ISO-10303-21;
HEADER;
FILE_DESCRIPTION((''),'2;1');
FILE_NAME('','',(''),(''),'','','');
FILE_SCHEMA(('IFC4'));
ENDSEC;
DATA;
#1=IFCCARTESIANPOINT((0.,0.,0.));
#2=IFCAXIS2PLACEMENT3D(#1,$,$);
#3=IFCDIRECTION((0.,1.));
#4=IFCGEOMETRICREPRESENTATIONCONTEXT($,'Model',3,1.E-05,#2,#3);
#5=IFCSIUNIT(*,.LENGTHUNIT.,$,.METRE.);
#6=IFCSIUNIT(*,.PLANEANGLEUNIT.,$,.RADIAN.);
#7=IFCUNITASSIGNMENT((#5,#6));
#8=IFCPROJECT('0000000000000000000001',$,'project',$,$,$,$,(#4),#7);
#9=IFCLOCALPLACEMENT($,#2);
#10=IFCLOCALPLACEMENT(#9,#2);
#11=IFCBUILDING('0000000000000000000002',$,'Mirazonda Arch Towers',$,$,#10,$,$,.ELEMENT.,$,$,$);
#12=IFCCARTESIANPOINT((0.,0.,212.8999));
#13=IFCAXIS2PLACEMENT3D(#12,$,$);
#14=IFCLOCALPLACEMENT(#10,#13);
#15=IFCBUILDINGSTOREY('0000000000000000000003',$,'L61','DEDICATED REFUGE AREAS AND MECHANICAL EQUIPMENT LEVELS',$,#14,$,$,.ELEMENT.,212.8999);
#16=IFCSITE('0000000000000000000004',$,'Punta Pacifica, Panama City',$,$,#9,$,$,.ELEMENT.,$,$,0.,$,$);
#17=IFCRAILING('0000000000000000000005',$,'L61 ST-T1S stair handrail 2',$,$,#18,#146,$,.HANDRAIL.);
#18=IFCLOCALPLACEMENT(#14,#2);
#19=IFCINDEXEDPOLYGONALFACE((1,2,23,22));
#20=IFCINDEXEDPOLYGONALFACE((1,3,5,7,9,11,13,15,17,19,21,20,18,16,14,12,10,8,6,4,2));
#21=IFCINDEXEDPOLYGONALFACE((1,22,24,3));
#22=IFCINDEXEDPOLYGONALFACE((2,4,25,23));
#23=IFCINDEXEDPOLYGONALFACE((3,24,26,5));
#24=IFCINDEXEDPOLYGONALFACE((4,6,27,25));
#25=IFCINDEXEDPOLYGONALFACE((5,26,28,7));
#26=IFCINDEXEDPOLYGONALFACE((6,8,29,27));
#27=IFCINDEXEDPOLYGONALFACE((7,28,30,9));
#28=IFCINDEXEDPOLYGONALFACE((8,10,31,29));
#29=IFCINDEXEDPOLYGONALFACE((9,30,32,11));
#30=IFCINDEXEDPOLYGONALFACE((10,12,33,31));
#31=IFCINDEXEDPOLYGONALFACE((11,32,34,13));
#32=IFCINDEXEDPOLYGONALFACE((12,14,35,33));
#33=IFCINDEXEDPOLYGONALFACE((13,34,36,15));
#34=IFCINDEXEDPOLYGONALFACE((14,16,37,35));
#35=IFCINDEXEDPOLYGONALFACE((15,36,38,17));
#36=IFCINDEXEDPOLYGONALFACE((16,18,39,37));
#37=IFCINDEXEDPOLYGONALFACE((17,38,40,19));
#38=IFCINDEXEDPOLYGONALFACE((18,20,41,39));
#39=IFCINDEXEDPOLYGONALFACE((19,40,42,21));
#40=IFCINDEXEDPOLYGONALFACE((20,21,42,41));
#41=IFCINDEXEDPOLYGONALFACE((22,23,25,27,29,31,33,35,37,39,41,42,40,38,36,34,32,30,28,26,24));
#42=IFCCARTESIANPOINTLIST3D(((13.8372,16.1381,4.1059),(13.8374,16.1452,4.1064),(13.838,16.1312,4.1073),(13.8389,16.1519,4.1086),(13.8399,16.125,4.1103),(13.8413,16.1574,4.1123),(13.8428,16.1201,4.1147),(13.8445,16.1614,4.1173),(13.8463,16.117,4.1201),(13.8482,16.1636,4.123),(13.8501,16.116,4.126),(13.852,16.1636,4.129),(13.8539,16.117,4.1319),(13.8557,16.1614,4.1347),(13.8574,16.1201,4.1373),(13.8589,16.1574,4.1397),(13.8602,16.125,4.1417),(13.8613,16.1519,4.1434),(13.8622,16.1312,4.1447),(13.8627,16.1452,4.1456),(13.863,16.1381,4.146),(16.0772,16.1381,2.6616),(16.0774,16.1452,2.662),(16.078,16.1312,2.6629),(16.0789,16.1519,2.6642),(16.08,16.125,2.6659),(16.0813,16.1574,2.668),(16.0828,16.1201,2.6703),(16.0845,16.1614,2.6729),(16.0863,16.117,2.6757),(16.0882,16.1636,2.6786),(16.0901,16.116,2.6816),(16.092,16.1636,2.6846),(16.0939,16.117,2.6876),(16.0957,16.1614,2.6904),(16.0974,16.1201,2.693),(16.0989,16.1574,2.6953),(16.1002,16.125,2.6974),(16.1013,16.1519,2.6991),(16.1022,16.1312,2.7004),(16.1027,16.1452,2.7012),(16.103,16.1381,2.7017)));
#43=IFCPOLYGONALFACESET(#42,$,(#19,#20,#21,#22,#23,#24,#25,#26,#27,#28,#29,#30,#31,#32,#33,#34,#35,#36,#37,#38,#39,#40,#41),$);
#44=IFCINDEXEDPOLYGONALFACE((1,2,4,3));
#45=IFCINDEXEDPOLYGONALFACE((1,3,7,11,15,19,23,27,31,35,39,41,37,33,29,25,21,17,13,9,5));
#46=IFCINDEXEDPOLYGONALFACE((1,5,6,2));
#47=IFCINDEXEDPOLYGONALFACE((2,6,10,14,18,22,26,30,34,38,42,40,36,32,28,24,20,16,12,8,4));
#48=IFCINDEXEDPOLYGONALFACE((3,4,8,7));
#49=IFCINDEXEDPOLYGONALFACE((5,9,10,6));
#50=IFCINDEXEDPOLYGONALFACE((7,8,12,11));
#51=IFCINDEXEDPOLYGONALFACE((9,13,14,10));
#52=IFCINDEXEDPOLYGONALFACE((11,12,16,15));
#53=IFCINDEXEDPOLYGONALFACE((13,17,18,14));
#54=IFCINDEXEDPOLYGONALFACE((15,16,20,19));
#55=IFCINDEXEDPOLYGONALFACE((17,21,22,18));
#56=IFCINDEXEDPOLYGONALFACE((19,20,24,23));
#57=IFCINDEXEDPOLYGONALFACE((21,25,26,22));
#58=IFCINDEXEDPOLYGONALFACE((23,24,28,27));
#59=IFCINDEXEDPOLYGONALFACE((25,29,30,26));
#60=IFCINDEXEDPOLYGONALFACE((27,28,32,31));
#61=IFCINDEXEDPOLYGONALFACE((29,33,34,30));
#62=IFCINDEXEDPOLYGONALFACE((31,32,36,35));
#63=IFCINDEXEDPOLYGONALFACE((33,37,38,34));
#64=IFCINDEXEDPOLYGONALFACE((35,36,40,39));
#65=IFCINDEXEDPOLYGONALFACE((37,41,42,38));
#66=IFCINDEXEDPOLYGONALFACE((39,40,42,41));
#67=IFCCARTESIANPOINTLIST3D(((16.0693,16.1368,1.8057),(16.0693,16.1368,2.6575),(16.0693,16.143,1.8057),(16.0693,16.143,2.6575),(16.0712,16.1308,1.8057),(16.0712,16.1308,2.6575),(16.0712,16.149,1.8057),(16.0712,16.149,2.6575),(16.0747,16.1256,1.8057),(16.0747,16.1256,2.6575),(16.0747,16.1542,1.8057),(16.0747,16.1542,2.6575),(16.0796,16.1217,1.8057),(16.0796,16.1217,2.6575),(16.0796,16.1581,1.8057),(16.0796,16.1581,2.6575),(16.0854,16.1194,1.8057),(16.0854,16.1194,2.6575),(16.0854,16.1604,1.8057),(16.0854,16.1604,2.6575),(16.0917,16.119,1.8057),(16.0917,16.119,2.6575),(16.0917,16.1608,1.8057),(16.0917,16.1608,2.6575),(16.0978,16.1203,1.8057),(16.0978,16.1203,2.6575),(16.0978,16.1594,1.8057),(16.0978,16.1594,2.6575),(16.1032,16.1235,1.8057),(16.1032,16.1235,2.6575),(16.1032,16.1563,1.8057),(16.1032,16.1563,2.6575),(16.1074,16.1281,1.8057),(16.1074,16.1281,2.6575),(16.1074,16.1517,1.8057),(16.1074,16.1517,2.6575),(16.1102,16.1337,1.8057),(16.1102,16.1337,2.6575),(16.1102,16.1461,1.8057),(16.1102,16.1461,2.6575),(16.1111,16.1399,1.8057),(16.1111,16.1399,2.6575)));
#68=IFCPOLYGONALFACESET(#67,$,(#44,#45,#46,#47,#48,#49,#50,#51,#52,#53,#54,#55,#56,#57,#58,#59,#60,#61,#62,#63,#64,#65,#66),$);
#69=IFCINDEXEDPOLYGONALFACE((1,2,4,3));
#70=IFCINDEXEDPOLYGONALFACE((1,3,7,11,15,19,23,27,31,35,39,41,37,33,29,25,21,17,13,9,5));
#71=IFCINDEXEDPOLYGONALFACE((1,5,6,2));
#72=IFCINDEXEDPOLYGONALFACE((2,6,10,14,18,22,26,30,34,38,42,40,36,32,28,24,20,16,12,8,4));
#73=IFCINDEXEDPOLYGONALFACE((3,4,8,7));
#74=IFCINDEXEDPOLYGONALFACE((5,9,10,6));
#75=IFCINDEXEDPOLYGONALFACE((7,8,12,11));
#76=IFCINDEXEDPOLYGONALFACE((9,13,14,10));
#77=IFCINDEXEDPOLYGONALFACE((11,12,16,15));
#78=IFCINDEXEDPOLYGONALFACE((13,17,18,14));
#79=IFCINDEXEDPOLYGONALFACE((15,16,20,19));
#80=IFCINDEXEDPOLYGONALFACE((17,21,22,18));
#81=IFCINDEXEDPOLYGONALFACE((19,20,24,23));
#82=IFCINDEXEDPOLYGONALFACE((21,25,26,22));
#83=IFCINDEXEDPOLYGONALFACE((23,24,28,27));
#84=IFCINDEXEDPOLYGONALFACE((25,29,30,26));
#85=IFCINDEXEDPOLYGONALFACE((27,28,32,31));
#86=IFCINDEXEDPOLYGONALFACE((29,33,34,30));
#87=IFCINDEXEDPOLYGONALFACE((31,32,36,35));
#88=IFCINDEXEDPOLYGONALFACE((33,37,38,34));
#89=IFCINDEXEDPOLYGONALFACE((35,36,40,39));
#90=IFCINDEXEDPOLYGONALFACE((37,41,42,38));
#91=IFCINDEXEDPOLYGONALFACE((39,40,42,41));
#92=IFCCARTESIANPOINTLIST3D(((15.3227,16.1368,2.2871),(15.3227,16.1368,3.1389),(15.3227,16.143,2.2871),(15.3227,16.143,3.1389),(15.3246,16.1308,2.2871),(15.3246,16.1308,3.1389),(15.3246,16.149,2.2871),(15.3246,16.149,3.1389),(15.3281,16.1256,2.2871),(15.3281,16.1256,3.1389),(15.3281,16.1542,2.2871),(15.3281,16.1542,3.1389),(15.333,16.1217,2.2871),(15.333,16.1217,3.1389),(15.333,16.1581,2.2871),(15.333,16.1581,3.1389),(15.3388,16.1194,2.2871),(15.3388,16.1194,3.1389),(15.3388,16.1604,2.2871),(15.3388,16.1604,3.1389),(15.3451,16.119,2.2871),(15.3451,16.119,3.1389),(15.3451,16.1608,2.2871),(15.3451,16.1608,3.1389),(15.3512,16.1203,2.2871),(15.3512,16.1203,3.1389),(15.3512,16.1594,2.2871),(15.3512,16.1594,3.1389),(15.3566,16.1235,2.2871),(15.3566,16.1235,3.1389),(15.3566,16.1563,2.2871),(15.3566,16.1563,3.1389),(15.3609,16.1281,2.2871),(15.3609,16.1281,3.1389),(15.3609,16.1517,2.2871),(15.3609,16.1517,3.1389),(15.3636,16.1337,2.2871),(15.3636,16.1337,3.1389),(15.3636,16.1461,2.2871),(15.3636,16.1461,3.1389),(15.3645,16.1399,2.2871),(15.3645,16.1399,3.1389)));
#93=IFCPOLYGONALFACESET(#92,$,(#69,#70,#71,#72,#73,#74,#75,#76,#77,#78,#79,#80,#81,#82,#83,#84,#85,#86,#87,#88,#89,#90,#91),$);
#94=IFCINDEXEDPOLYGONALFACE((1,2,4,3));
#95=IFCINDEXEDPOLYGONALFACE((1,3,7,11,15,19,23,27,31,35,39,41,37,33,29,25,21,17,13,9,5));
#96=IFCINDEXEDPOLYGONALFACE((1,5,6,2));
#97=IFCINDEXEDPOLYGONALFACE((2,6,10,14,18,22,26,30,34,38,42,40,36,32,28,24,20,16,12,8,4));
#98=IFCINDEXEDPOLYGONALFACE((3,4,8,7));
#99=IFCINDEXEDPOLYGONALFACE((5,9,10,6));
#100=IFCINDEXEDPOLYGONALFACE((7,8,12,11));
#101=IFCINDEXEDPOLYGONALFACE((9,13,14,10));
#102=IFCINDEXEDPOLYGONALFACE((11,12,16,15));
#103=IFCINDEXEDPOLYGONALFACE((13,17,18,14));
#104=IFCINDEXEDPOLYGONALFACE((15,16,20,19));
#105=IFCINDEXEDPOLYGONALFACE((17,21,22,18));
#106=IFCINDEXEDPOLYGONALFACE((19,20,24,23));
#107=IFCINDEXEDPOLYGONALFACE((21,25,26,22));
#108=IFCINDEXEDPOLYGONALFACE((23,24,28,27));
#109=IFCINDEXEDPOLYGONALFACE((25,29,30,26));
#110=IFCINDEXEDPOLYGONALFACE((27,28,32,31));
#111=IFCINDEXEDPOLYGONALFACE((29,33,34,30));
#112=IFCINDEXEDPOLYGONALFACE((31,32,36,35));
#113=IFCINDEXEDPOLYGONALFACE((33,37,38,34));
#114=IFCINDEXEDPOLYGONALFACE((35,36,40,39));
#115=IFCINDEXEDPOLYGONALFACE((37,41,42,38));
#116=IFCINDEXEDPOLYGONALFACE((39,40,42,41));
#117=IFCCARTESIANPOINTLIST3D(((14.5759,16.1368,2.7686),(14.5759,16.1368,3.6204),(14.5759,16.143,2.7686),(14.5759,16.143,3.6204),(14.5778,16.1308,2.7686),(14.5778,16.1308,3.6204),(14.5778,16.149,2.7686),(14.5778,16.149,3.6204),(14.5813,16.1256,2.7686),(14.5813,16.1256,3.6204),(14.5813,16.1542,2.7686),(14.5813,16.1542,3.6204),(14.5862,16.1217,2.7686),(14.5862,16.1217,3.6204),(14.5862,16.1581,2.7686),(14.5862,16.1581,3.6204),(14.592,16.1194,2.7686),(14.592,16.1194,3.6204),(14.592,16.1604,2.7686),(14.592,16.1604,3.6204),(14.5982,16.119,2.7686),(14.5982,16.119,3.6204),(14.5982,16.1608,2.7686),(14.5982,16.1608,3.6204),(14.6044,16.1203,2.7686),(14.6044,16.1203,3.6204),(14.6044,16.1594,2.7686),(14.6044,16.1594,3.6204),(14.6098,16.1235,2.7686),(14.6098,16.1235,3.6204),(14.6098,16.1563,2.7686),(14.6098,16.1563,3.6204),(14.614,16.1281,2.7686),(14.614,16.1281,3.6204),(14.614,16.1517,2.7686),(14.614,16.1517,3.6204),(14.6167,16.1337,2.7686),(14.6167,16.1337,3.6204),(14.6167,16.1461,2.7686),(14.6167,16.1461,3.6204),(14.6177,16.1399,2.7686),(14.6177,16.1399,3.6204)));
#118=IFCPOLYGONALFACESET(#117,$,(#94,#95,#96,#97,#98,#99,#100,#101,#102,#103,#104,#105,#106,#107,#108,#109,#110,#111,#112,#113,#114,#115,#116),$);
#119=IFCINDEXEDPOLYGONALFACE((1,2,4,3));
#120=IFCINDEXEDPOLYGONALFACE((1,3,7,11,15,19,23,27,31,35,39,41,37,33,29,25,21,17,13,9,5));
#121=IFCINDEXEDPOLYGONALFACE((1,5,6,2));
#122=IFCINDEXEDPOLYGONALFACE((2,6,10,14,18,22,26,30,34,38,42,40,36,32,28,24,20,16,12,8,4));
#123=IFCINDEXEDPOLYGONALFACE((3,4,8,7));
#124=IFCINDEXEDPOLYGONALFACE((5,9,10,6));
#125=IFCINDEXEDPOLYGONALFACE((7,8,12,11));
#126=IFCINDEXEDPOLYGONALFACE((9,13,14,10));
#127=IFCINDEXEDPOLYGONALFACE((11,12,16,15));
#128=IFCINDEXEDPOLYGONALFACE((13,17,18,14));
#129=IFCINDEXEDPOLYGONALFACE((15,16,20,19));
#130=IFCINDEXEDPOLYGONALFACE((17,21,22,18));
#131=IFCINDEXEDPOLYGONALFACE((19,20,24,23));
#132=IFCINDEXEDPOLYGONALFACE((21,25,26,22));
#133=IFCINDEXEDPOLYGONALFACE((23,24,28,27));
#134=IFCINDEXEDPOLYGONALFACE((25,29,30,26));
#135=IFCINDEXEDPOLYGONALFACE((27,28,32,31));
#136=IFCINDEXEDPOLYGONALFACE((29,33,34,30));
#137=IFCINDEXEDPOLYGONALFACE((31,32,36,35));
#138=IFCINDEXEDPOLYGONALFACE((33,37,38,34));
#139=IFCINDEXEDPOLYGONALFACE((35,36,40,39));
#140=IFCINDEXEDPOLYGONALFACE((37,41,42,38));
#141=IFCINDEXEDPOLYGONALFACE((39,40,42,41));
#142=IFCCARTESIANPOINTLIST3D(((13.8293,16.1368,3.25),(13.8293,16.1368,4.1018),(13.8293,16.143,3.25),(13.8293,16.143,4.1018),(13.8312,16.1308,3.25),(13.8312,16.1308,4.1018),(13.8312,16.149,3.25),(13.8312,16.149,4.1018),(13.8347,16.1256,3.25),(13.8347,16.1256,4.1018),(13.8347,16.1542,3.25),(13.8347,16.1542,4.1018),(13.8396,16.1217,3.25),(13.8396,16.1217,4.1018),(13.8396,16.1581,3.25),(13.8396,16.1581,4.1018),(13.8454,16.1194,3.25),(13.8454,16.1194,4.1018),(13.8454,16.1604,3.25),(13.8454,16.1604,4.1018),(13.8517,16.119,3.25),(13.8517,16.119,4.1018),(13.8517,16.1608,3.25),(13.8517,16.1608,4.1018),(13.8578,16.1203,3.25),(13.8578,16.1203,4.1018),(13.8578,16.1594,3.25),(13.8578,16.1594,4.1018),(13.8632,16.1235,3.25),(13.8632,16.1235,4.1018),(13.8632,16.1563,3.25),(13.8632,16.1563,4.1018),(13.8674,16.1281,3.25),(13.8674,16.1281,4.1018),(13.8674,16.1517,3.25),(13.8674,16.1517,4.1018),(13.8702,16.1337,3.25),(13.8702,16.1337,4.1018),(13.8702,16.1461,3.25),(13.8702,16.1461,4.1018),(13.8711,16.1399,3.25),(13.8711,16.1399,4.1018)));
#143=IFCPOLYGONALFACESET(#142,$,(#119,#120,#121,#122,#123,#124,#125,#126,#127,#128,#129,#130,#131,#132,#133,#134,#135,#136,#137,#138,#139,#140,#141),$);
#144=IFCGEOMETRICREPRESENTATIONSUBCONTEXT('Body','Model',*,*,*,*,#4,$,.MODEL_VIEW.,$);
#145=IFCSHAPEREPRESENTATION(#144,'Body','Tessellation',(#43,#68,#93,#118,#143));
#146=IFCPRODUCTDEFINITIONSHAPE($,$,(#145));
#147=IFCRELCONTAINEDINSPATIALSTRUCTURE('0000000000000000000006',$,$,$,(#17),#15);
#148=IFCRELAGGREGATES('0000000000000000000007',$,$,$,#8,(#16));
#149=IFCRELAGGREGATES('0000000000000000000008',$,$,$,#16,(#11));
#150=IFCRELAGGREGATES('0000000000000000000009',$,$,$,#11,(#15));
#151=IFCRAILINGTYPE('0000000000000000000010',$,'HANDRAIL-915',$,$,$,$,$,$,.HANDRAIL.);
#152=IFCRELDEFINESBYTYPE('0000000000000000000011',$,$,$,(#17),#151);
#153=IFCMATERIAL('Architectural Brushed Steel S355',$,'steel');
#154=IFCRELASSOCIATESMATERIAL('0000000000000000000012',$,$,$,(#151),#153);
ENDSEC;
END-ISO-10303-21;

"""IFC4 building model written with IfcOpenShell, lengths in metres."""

from ifc_helpers import new_model, si_unit, direction, frame, origin, origin_2d, place, context, subcontext, project, spatial, circle, extrude, material, type_object, element, save


model = new_model("IFC4")

# Units and contexts
model_context = context("Model", 3, precision=1e-05, world=origin(), true_north=direction((0.0, 1.0)))
body_context = subcontext(model_context, "Body", "Model", "MODEL_VIEW")
ifc_project = project(units=[si_unit("LENGTHUNIT", "METRE"), si_unit("PLANEANGLEUNIT", "RADIAN")], contexts=[model_context])

# Site, building, storey
site_placement = place(None, origin())
site = spatial("IfcSite", under=ifc_project, at=site_placement, Name="Punta Pacifica, Panama City", CompositionType="ELEMENT", RefElevation=0.0)
building_placement = place(site_placement, origin())
building = spatial("IfcBuilding", under=site, at=building_placement, Name="Mirazonda Arch Towers", CompositionType="ELEMENT")
storey_placement = place(building_placement, frame((0.0, 0.0, 212.8999)))
storey = spatial("IfcBuildingStorey", under=building, at=storey_placement, Name="L61", Description="DEDICATED REFUGE AREAS AND MECHANICAL EQUIPMENT LEVELS", CompositionType="ELEMENT", Elevation=212.8999)

# Shared definitions
ifc_material_1 = material(Name="Architectural Brushed Steel S355", Category="steel")

# Railing
railing_type_1 = type_object("IfcRailingType", Name="HANDRAIL-915", PredefinedType="HANDRAIL", material=ifc_material_1)
for number, where, name in (
    (1, (16.0901, 16.1399, 1.8057), "L61 ST-T1S stair handrail 2"),
):
    element("IfcRailing", number, at=place(storey_placement, frame(where)), inside=storey, type_object=railing_type_1, Name=name, PredefinedType="HANDRAIL", context=body_context, shape_type="SweptSolid", body=[
        extrude(circle(Radius=0.0239, at=origin_2d()), frame((0.0, 0.0, 0.876), z_axis=(-0.840437, 0.0, 0.54191), x_axis=(0.0, -1.0, 0.0)), (0.0, 0.0, 1.0), 2.6653),
        extrude(circle(Radius=0.021, at=origin_2d()), origin(), (0.0, 0.0, 1.0), 0.8518),
        extrude(circle(Radius=0.021, at=origin_2d()), frame((-0.7466, 0.0, 0.4814)), (0.0, 0.0, 1.0), 0.8518),
        extrude(circle(Radius=0.021, at=origin_2d()), frame((-1.4934, 0.0, 0.9629)), (0.0, 0.0, 1.0), 0.8518),
        extrude(circle(Radius=0.021, at=origin_2d()), frame((-2.24, 0.0, 1.4443)), (0.0, 0.0, 1.0), 0.8518),
    ])

save(model, "model.ifc")
